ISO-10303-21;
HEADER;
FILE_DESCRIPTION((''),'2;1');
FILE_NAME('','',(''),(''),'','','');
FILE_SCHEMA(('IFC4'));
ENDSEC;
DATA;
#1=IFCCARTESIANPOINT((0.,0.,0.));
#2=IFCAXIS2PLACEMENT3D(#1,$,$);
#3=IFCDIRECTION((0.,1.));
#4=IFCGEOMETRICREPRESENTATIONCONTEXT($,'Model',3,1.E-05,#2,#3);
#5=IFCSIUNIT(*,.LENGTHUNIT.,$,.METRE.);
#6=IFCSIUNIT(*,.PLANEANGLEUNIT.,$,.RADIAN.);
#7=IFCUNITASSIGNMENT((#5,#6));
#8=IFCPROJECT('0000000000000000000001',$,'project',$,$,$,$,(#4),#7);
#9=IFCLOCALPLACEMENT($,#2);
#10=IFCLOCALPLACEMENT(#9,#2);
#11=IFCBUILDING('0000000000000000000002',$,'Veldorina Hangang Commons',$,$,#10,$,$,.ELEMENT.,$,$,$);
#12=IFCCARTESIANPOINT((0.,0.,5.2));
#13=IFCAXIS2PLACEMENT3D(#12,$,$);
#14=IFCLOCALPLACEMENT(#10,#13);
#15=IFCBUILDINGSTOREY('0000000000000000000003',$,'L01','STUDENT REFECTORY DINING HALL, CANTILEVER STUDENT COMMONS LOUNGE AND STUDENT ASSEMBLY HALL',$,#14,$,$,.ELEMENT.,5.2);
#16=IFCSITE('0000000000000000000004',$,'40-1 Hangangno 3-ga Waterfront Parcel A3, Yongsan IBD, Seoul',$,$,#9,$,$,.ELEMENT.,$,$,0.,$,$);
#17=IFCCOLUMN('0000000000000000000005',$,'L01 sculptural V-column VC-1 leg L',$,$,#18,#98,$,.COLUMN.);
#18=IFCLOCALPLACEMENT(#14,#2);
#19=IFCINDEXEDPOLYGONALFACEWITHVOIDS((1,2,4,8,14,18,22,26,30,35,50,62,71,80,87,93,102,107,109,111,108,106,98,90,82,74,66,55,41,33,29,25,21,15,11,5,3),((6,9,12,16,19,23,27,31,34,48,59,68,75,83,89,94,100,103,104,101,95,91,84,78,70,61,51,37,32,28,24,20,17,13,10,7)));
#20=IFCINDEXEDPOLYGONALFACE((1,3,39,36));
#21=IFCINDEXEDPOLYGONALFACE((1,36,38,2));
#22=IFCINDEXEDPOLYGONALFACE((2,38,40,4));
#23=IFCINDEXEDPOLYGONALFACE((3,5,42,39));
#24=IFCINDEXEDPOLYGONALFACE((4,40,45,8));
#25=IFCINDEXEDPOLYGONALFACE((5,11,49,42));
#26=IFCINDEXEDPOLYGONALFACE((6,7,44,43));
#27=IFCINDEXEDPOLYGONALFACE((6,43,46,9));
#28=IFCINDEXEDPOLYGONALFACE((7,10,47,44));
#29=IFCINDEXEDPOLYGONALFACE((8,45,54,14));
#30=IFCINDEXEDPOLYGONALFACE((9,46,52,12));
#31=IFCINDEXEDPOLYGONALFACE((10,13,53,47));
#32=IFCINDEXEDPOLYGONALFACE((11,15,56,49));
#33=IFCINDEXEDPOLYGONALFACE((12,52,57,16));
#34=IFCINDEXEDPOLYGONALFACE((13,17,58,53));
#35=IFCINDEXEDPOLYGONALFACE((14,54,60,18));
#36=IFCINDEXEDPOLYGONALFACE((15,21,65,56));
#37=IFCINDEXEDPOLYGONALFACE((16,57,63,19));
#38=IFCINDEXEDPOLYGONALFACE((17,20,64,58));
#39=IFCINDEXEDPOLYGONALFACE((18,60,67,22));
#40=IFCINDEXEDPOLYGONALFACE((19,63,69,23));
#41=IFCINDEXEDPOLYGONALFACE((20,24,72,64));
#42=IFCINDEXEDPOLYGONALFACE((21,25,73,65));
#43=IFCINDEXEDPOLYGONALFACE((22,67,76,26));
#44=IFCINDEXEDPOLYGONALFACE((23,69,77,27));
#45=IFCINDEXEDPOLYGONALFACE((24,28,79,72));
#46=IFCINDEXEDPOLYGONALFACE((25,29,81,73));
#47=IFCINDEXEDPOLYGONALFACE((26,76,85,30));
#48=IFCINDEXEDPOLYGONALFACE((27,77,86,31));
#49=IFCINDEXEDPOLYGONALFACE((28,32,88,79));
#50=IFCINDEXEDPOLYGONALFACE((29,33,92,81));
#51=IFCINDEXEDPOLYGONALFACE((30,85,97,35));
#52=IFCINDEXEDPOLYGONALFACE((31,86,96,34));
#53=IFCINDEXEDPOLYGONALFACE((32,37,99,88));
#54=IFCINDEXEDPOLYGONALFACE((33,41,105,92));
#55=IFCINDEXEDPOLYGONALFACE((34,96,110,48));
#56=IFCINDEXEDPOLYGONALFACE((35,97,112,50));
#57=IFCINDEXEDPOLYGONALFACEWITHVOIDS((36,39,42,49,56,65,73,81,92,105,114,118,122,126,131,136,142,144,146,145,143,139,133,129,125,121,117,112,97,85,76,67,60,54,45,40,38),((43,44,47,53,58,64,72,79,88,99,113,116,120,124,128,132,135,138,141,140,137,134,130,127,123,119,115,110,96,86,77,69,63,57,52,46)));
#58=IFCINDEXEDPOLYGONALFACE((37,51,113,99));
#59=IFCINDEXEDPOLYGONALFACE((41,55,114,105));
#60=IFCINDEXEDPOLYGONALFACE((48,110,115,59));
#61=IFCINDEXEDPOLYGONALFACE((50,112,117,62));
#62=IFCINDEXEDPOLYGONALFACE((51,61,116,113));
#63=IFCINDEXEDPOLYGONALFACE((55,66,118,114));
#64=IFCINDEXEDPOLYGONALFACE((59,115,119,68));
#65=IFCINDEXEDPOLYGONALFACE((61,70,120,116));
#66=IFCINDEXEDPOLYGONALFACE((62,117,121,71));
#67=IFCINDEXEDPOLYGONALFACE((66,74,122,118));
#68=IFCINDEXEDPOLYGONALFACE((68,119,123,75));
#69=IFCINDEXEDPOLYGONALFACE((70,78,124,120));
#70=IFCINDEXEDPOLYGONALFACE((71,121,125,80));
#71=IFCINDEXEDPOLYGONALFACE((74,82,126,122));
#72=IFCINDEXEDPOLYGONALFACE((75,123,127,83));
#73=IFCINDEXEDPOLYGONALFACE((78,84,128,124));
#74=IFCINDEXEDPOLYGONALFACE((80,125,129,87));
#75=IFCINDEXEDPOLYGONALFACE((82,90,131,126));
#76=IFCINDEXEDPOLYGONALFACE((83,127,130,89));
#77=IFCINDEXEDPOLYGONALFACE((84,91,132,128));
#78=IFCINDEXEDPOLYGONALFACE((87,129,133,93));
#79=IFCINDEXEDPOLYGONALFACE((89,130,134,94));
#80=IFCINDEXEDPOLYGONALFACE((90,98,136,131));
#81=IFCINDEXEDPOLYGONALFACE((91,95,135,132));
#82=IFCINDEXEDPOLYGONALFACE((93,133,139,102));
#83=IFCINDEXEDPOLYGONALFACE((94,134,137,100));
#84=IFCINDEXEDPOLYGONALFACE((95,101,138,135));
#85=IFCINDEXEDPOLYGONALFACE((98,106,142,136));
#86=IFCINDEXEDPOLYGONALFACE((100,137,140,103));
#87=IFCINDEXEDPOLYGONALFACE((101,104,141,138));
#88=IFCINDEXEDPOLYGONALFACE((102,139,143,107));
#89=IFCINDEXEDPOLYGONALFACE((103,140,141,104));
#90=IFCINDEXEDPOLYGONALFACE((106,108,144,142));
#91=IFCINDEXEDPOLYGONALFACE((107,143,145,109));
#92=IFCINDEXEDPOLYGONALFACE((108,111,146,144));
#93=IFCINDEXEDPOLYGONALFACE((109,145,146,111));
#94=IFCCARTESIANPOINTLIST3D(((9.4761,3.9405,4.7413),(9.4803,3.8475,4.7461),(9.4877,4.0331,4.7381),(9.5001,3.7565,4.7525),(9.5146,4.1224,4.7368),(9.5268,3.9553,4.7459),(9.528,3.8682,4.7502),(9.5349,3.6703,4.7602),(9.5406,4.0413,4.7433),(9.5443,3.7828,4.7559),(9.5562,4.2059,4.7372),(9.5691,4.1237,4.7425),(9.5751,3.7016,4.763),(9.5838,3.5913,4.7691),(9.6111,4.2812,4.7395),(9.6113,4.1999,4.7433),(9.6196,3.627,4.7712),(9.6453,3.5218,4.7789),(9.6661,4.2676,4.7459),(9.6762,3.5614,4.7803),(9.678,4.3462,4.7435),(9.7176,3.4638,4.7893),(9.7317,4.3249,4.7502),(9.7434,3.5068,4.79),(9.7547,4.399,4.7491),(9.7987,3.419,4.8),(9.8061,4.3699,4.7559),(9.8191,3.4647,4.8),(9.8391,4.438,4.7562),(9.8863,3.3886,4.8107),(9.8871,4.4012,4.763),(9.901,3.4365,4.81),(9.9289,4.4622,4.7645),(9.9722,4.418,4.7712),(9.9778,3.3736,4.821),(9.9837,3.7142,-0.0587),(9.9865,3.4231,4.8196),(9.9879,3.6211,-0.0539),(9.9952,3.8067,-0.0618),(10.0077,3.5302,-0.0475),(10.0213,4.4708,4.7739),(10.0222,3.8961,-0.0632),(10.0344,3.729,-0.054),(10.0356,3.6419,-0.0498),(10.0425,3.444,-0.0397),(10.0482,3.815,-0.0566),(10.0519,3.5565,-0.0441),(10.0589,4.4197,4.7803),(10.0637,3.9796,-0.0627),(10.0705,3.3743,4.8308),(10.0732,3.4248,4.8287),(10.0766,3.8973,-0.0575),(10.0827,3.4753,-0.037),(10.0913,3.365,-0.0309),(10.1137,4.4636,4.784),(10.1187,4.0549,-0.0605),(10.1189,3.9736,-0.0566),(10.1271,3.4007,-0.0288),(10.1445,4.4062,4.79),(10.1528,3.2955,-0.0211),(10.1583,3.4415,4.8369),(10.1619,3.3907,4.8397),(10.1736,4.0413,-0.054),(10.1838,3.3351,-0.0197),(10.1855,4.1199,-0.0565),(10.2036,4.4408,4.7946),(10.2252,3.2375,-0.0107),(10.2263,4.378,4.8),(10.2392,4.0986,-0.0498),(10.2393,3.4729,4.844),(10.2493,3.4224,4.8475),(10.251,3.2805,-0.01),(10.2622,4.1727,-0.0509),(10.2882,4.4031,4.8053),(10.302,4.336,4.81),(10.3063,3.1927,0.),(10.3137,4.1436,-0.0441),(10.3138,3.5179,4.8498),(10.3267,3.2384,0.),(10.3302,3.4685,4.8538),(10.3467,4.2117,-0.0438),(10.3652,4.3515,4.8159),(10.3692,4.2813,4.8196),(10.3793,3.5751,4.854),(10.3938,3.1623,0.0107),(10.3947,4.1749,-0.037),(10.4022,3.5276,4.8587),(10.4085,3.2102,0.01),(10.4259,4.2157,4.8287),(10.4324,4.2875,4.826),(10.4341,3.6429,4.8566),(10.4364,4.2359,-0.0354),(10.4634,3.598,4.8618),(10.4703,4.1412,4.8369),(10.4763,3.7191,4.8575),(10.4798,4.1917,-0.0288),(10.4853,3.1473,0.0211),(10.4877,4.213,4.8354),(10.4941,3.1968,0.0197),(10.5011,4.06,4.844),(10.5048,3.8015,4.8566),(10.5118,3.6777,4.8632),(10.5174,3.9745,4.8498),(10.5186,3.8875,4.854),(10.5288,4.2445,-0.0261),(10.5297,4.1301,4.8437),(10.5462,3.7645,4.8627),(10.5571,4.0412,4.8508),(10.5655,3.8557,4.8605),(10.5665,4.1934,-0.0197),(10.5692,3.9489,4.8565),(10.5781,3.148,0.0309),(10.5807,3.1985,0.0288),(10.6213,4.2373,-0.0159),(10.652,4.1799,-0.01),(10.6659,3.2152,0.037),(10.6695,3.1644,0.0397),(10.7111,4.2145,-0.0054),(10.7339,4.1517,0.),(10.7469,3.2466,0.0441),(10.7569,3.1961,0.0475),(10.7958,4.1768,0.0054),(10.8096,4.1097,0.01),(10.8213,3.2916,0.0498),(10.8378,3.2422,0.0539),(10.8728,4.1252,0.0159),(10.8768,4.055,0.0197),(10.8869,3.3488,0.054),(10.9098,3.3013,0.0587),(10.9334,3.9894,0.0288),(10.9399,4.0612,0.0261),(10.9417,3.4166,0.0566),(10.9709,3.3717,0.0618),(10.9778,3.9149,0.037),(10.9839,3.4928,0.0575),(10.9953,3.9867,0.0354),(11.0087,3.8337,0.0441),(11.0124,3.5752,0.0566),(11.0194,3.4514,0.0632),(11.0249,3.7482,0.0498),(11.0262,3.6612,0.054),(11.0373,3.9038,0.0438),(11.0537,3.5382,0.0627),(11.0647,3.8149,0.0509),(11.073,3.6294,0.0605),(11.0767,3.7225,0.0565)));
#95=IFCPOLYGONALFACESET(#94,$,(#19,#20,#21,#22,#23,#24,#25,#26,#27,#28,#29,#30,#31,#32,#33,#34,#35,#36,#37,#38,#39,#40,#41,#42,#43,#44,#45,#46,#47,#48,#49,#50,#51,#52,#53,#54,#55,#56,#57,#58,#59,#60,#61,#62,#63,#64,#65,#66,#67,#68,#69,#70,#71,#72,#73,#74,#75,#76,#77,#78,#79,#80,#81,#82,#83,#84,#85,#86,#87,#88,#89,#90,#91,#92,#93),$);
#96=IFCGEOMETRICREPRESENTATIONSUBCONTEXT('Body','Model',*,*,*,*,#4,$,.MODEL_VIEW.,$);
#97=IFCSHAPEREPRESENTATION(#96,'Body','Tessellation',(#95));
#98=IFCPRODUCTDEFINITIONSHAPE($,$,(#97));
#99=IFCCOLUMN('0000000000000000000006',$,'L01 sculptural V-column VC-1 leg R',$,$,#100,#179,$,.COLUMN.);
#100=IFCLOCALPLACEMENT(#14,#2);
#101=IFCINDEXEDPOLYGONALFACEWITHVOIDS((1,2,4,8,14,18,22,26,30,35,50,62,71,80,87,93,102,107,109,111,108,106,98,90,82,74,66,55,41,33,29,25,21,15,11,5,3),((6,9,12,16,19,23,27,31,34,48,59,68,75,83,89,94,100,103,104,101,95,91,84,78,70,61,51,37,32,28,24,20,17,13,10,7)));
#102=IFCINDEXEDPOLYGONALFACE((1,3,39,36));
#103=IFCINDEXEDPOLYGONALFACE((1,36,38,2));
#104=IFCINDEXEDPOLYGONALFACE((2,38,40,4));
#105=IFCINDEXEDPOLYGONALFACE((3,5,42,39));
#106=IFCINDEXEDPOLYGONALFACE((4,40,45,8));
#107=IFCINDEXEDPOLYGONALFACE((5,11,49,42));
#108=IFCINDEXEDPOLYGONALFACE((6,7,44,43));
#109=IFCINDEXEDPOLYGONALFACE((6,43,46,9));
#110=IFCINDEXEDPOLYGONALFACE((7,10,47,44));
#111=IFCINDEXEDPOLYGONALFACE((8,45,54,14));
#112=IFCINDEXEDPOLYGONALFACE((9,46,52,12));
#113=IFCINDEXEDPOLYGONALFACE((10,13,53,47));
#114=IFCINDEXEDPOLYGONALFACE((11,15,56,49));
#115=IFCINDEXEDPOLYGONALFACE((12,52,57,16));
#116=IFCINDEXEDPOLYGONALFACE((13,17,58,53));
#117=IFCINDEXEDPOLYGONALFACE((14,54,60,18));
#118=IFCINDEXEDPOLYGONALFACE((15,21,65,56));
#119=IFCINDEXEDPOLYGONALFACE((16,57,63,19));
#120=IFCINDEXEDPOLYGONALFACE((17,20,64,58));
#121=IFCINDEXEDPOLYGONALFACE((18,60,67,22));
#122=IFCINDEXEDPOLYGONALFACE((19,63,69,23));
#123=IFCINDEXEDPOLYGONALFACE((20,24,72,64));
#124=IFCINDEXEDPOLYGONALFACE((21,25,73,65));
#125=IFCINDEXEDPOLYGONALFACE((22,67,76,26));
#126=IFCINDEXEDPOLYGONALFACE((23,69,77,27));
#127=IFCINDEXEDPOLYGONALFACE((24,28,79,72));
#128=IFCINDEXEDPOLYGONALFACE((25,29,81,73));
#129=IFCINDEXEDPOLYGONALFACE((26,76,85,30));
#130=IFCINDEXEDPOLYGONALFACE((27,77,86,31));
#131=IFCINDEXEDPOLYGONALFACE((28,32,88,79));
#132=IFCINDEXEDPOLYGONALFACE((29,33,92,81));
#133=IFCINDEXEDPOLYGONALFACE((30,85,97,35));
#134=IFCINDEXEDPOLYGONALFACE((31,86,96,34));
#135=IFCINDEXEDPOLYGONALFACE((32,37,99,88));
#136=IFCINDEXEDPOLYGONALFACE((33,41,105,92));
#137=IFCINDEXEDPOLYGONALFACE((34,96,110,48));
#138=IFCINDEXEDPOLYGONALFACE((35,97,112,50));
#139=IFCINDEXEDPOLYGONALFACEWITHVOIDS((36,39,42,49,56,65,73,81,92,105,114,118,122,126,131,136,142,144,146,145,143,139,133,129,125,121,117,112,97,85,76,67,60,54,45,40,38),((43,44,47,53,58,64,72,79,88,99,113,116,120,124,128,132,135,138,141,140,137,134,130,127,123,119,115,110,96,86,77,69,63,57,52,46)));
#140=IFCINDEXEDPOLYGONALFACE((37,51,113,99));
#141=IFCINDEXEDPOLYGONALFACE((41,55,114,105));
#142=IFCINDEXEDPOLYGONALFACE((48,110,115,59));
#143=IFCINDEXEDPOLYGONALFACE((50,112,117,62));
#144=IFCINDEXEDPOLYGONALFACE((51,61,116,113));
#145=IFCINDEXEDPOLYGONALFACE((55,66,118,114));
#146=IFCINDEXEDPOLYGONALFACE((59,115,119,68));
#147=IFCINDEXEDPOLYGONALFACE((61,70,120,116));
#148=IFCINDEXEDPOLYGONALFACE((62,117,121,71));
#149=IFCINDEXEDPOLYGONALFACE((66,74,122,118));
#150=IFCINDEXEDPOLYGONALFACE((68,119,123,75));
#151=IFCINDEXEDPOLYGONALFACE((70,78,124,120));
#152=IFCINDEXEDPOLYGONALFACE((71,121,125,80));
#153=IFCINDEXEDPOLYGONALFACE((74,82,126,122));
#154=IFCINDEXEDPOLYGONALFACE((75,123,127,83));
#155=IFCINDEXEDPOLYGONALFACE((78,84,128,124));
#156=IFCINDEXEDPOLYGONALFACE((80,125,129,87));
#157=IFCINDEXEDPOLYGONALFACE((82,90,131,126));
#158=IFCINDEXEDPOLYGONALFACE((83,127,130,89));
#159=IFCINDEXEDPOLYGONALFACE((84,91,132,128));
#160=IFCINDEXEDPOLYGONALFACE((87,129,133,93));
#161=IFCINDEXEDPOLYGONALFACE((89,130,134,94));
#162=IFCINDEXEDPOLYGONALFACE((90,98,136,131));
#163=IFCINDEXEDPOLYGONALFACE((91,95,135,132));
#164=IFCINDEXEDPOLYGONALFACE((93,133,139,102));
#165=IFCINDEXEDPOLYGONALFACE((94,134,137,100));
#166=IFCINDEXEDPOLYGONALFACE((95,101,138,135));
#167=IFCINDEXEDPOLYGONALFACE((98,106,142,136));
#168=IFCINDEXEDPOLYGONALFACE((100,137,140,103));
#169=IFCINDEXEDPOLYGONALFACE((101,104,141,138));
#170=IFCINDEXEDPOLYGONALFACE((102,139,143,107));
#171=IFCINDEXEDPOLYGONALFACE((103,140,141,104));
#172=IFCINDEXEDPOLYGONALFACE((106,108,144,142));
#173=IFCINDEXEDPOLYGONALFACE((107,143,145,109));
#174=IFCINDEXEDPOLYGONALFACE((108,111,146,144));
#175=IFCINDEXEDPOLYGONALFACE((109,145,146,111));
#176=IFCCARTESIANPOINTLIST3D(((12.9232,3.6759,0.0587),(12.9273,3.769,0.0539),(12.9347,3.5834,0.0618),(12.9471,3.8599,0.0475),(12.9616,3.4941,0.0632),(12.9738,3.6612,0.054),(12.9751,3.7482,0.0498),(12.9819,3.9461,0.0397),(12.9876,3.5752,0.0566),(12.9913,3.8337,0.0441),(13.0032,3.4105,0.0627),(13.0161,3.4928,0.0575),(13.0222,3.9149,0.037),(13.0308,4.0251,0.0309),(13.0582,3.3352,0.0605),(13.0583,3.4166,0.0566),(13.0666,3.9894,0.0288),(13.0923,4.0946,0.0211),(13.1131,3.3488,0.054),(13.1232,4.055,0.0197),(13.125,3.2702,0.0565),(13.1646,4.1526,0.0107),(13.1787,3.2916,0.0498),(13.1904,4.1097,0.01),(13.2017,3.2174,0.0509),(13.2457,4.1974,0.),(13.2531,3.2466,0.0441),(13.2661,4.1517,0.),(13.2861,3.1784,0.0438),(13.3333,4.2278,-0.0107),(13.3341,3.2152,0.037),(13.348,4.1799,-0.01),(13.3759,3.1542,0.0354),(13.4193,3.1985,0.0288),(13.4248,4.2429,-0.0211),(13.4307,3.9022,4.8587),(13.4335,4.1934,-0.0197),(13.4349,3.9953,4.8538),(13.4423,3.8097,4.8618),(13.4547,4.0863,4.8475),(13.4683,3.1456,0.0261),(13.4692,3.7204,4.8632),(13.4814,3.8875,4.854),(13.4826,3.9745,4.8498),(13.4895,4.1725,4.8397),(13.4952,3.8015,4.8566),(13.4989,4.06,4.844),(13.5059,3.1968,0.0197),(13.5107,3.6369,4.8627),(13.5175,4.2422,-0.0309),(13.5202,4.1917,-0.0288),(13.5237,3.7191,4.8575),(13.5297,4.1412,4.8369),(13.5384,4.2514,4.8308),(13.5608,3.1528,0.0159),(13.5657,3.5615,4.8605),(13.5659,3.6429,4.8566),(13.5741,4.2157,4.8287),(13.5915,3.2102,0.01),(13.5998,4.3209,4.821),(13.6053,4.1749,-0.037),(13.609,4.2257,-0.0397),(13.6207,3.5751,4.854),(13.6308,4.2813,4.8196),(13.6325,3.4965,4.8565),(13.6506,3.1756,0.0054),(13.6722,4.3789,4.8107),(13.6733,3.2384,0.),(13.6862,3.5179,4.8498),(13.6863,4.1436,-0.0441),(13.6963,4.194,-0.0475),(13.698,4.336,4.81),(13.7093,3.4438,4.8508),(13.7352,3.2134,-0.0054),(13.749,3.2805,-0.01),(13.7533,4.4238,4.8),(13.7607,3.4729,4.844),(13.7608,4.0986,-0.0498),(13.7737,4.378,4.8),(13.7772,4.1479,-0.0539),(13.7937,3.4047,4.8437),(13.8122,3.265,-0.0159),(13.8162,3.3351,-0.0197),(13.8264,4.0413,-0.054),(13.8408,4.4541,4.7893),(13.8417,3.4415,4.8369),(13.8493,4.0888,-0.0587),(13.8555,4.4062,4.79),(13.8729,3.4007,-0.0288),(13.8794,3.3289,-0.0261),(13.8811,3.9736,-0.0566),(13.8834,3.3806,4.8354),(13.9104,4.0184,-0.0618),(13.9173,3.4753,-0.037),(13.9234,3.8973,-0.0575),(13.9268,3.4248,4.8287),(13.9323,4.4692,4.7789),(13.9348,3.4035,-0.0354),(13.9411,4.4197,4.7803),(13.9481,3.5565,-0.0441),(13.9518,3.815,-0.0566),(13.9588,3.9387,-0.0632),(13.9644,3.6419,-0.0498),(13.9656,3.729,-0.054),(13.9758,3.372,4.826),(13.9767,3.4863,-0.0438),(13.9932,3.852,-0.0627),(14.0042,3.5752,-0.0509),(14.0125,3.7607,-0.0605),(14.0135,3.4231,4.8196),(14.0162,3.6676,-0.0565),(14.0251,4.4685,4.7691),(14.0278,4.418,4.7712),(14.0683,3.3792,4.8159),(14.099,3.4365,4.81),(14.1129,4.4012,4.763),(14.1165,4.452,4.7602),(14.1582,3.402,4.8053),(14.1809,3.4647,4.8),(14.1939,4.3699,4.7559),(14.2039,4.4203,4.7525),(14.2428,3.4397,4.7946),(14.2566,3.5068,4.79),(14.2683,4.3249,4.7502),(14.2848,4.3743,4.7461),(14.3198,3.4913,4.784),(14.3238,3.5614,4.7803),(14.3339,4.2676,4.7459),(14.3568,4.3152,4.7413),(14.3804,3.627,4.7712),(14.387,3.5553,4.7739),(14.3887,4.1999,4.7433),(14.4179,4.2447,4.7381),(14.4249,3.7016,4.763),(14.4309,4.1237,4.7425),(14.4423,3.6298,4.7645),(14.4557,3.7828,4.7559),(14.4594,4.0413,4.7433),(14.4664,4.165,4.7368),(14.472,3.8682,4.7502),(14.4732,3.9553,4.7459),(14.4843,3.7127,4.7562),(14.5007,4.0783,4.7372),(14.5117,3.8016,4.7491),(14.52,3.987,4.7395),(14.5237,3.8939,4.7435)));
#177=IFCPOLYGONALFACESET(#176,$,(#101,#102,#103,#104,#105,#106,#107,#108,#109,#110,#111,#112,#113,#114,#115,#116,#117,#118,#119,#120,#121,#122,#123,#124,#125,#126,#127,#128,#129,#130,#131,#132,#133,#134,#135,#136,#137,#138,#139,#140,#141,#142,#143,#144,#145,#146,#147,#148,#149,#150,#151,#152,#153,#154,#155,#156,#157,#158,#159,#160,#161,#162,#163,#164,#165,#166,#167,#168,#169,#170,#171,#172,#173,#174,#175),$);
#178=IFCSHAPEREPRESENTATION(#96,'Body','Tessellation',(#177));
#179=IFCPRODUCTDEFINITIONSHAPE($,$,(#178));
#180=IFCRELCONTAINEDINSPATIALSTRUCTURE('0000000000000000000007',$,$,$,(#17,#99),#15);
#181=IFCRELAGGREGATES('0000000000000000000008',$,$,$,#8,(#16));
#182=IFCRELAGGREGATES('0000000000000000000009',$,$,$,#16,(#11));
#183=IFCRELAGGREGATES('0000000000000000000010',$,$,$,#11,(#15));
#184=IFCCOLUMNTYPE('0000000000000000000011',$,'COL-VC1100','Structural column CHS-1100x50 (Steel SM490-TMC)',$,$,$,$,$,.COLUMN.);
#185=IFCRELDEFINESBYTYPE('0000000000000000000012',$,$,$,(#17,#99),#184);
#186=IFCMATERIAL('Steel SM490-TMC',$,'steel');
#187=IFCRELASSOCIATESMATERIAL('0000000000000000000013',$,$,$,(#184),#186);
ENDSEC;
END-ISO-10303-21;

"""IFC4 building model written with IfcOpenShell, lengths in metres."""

from ifc_helpers import new_model, si_unit, direction, frame, origin, origin_2d, place, context, subcontext, project, spatial, hollow_circle, extrude, material, material_profile, profile_set, type_object, element, save


model = new_model("IFC4")

# Units and contexts
model_context = context("Model", 3, precision=1e-05, world=origin(), true_north=direction((0.0, 1.0)))
body_context = subcontext(model_context, "Body", "Model", "MODEL_VIEW")
ifc_project = project(units=[si_unit("LENGTHUNIT", "METRE"), si_unit("PLANEANGLEUNIT", "RADIAN")], contexts=[model_context])

# Site, building, storey
site_placement = place(None, origin())
site = spatial("IfcSite", under=ifc_project, at=site_placement, Name="40-1 Hangangno 3-ga Waterfront Parcel A3, Yongsan IBD, Seoul", CompositionType="ELEMENT", RefElevation=0.0)
building_placement = place(site_placement, origin())
building = spatial("IfcBuilding", under=site, at=building_placement, Name="Veldorina Hangang Commons", CompositionType="ELEMENT")
storey_placement = place(building_placement, frame((0.0, 0.0, 5.2)))
storey = spatial("IfcBuildingStorey", under=building, at=storey_placement, Name="L01", Description="STUDENT REFECTORY DINING HALL, CANTILEVER STUDENT COMMONS LOUNGE AND STUDENT ASSEMBLY HALL", CompositionType="ELEMENT", Elevation=5.2)

# Columns
ifc_material_1 = material(Name="Steel SM490-TMC", Category="steel")
ifc_material_profile_1 = material_profile(ifc_material_1, hollow_circle(Radius=0.55, WallThickness=0.05, at=origin_2d()), Name="CHS-1100x50")
ifc_profile_set_1 = profile_set([ifc_material_profile_1], Name="Steel SM490-TMC")
column_type_1 = type_object("IfcColumnType", Name="COL-VC1100", Description="Structural column CHS-1100x50 (Steel SM490-TMC)", PredefinedType="COLUMN", material=ifc_profile_set_1)
for number, where, z_axis, x_axis, name in (
    (1, (10.5303, 3.6951, 0.0), (-0.105041, 0.046836, 0.993364), (-0.407239, -0.913322, 0.0), "L01 sculptural V-column VC-1 leg L"),
    (2, (13.4697, 3.6951, 0.0), (0.105041, 0.046836, 0.993364), (-0.407239, 0.913322, 0.0), "L01 sculptural V-column VC-1 leg R"),
):
    element("IfcColumn", number, at=place(storey_placement, frame(where, z_axis=z_axis, x_axis=x_axis)), inside=storey, type_object=column_type_1, Name=name, PredefinedType="COLUMN", context=body_context, shape_type="SweptSolid", body=[
        extrude(hollow_circle(Radius=0.55, WallThickness=0.05, at=origin_2d()), origin(), (0.0, 0.0, 1.0), 4.832),
    ])

save(model, "model.ifc")
